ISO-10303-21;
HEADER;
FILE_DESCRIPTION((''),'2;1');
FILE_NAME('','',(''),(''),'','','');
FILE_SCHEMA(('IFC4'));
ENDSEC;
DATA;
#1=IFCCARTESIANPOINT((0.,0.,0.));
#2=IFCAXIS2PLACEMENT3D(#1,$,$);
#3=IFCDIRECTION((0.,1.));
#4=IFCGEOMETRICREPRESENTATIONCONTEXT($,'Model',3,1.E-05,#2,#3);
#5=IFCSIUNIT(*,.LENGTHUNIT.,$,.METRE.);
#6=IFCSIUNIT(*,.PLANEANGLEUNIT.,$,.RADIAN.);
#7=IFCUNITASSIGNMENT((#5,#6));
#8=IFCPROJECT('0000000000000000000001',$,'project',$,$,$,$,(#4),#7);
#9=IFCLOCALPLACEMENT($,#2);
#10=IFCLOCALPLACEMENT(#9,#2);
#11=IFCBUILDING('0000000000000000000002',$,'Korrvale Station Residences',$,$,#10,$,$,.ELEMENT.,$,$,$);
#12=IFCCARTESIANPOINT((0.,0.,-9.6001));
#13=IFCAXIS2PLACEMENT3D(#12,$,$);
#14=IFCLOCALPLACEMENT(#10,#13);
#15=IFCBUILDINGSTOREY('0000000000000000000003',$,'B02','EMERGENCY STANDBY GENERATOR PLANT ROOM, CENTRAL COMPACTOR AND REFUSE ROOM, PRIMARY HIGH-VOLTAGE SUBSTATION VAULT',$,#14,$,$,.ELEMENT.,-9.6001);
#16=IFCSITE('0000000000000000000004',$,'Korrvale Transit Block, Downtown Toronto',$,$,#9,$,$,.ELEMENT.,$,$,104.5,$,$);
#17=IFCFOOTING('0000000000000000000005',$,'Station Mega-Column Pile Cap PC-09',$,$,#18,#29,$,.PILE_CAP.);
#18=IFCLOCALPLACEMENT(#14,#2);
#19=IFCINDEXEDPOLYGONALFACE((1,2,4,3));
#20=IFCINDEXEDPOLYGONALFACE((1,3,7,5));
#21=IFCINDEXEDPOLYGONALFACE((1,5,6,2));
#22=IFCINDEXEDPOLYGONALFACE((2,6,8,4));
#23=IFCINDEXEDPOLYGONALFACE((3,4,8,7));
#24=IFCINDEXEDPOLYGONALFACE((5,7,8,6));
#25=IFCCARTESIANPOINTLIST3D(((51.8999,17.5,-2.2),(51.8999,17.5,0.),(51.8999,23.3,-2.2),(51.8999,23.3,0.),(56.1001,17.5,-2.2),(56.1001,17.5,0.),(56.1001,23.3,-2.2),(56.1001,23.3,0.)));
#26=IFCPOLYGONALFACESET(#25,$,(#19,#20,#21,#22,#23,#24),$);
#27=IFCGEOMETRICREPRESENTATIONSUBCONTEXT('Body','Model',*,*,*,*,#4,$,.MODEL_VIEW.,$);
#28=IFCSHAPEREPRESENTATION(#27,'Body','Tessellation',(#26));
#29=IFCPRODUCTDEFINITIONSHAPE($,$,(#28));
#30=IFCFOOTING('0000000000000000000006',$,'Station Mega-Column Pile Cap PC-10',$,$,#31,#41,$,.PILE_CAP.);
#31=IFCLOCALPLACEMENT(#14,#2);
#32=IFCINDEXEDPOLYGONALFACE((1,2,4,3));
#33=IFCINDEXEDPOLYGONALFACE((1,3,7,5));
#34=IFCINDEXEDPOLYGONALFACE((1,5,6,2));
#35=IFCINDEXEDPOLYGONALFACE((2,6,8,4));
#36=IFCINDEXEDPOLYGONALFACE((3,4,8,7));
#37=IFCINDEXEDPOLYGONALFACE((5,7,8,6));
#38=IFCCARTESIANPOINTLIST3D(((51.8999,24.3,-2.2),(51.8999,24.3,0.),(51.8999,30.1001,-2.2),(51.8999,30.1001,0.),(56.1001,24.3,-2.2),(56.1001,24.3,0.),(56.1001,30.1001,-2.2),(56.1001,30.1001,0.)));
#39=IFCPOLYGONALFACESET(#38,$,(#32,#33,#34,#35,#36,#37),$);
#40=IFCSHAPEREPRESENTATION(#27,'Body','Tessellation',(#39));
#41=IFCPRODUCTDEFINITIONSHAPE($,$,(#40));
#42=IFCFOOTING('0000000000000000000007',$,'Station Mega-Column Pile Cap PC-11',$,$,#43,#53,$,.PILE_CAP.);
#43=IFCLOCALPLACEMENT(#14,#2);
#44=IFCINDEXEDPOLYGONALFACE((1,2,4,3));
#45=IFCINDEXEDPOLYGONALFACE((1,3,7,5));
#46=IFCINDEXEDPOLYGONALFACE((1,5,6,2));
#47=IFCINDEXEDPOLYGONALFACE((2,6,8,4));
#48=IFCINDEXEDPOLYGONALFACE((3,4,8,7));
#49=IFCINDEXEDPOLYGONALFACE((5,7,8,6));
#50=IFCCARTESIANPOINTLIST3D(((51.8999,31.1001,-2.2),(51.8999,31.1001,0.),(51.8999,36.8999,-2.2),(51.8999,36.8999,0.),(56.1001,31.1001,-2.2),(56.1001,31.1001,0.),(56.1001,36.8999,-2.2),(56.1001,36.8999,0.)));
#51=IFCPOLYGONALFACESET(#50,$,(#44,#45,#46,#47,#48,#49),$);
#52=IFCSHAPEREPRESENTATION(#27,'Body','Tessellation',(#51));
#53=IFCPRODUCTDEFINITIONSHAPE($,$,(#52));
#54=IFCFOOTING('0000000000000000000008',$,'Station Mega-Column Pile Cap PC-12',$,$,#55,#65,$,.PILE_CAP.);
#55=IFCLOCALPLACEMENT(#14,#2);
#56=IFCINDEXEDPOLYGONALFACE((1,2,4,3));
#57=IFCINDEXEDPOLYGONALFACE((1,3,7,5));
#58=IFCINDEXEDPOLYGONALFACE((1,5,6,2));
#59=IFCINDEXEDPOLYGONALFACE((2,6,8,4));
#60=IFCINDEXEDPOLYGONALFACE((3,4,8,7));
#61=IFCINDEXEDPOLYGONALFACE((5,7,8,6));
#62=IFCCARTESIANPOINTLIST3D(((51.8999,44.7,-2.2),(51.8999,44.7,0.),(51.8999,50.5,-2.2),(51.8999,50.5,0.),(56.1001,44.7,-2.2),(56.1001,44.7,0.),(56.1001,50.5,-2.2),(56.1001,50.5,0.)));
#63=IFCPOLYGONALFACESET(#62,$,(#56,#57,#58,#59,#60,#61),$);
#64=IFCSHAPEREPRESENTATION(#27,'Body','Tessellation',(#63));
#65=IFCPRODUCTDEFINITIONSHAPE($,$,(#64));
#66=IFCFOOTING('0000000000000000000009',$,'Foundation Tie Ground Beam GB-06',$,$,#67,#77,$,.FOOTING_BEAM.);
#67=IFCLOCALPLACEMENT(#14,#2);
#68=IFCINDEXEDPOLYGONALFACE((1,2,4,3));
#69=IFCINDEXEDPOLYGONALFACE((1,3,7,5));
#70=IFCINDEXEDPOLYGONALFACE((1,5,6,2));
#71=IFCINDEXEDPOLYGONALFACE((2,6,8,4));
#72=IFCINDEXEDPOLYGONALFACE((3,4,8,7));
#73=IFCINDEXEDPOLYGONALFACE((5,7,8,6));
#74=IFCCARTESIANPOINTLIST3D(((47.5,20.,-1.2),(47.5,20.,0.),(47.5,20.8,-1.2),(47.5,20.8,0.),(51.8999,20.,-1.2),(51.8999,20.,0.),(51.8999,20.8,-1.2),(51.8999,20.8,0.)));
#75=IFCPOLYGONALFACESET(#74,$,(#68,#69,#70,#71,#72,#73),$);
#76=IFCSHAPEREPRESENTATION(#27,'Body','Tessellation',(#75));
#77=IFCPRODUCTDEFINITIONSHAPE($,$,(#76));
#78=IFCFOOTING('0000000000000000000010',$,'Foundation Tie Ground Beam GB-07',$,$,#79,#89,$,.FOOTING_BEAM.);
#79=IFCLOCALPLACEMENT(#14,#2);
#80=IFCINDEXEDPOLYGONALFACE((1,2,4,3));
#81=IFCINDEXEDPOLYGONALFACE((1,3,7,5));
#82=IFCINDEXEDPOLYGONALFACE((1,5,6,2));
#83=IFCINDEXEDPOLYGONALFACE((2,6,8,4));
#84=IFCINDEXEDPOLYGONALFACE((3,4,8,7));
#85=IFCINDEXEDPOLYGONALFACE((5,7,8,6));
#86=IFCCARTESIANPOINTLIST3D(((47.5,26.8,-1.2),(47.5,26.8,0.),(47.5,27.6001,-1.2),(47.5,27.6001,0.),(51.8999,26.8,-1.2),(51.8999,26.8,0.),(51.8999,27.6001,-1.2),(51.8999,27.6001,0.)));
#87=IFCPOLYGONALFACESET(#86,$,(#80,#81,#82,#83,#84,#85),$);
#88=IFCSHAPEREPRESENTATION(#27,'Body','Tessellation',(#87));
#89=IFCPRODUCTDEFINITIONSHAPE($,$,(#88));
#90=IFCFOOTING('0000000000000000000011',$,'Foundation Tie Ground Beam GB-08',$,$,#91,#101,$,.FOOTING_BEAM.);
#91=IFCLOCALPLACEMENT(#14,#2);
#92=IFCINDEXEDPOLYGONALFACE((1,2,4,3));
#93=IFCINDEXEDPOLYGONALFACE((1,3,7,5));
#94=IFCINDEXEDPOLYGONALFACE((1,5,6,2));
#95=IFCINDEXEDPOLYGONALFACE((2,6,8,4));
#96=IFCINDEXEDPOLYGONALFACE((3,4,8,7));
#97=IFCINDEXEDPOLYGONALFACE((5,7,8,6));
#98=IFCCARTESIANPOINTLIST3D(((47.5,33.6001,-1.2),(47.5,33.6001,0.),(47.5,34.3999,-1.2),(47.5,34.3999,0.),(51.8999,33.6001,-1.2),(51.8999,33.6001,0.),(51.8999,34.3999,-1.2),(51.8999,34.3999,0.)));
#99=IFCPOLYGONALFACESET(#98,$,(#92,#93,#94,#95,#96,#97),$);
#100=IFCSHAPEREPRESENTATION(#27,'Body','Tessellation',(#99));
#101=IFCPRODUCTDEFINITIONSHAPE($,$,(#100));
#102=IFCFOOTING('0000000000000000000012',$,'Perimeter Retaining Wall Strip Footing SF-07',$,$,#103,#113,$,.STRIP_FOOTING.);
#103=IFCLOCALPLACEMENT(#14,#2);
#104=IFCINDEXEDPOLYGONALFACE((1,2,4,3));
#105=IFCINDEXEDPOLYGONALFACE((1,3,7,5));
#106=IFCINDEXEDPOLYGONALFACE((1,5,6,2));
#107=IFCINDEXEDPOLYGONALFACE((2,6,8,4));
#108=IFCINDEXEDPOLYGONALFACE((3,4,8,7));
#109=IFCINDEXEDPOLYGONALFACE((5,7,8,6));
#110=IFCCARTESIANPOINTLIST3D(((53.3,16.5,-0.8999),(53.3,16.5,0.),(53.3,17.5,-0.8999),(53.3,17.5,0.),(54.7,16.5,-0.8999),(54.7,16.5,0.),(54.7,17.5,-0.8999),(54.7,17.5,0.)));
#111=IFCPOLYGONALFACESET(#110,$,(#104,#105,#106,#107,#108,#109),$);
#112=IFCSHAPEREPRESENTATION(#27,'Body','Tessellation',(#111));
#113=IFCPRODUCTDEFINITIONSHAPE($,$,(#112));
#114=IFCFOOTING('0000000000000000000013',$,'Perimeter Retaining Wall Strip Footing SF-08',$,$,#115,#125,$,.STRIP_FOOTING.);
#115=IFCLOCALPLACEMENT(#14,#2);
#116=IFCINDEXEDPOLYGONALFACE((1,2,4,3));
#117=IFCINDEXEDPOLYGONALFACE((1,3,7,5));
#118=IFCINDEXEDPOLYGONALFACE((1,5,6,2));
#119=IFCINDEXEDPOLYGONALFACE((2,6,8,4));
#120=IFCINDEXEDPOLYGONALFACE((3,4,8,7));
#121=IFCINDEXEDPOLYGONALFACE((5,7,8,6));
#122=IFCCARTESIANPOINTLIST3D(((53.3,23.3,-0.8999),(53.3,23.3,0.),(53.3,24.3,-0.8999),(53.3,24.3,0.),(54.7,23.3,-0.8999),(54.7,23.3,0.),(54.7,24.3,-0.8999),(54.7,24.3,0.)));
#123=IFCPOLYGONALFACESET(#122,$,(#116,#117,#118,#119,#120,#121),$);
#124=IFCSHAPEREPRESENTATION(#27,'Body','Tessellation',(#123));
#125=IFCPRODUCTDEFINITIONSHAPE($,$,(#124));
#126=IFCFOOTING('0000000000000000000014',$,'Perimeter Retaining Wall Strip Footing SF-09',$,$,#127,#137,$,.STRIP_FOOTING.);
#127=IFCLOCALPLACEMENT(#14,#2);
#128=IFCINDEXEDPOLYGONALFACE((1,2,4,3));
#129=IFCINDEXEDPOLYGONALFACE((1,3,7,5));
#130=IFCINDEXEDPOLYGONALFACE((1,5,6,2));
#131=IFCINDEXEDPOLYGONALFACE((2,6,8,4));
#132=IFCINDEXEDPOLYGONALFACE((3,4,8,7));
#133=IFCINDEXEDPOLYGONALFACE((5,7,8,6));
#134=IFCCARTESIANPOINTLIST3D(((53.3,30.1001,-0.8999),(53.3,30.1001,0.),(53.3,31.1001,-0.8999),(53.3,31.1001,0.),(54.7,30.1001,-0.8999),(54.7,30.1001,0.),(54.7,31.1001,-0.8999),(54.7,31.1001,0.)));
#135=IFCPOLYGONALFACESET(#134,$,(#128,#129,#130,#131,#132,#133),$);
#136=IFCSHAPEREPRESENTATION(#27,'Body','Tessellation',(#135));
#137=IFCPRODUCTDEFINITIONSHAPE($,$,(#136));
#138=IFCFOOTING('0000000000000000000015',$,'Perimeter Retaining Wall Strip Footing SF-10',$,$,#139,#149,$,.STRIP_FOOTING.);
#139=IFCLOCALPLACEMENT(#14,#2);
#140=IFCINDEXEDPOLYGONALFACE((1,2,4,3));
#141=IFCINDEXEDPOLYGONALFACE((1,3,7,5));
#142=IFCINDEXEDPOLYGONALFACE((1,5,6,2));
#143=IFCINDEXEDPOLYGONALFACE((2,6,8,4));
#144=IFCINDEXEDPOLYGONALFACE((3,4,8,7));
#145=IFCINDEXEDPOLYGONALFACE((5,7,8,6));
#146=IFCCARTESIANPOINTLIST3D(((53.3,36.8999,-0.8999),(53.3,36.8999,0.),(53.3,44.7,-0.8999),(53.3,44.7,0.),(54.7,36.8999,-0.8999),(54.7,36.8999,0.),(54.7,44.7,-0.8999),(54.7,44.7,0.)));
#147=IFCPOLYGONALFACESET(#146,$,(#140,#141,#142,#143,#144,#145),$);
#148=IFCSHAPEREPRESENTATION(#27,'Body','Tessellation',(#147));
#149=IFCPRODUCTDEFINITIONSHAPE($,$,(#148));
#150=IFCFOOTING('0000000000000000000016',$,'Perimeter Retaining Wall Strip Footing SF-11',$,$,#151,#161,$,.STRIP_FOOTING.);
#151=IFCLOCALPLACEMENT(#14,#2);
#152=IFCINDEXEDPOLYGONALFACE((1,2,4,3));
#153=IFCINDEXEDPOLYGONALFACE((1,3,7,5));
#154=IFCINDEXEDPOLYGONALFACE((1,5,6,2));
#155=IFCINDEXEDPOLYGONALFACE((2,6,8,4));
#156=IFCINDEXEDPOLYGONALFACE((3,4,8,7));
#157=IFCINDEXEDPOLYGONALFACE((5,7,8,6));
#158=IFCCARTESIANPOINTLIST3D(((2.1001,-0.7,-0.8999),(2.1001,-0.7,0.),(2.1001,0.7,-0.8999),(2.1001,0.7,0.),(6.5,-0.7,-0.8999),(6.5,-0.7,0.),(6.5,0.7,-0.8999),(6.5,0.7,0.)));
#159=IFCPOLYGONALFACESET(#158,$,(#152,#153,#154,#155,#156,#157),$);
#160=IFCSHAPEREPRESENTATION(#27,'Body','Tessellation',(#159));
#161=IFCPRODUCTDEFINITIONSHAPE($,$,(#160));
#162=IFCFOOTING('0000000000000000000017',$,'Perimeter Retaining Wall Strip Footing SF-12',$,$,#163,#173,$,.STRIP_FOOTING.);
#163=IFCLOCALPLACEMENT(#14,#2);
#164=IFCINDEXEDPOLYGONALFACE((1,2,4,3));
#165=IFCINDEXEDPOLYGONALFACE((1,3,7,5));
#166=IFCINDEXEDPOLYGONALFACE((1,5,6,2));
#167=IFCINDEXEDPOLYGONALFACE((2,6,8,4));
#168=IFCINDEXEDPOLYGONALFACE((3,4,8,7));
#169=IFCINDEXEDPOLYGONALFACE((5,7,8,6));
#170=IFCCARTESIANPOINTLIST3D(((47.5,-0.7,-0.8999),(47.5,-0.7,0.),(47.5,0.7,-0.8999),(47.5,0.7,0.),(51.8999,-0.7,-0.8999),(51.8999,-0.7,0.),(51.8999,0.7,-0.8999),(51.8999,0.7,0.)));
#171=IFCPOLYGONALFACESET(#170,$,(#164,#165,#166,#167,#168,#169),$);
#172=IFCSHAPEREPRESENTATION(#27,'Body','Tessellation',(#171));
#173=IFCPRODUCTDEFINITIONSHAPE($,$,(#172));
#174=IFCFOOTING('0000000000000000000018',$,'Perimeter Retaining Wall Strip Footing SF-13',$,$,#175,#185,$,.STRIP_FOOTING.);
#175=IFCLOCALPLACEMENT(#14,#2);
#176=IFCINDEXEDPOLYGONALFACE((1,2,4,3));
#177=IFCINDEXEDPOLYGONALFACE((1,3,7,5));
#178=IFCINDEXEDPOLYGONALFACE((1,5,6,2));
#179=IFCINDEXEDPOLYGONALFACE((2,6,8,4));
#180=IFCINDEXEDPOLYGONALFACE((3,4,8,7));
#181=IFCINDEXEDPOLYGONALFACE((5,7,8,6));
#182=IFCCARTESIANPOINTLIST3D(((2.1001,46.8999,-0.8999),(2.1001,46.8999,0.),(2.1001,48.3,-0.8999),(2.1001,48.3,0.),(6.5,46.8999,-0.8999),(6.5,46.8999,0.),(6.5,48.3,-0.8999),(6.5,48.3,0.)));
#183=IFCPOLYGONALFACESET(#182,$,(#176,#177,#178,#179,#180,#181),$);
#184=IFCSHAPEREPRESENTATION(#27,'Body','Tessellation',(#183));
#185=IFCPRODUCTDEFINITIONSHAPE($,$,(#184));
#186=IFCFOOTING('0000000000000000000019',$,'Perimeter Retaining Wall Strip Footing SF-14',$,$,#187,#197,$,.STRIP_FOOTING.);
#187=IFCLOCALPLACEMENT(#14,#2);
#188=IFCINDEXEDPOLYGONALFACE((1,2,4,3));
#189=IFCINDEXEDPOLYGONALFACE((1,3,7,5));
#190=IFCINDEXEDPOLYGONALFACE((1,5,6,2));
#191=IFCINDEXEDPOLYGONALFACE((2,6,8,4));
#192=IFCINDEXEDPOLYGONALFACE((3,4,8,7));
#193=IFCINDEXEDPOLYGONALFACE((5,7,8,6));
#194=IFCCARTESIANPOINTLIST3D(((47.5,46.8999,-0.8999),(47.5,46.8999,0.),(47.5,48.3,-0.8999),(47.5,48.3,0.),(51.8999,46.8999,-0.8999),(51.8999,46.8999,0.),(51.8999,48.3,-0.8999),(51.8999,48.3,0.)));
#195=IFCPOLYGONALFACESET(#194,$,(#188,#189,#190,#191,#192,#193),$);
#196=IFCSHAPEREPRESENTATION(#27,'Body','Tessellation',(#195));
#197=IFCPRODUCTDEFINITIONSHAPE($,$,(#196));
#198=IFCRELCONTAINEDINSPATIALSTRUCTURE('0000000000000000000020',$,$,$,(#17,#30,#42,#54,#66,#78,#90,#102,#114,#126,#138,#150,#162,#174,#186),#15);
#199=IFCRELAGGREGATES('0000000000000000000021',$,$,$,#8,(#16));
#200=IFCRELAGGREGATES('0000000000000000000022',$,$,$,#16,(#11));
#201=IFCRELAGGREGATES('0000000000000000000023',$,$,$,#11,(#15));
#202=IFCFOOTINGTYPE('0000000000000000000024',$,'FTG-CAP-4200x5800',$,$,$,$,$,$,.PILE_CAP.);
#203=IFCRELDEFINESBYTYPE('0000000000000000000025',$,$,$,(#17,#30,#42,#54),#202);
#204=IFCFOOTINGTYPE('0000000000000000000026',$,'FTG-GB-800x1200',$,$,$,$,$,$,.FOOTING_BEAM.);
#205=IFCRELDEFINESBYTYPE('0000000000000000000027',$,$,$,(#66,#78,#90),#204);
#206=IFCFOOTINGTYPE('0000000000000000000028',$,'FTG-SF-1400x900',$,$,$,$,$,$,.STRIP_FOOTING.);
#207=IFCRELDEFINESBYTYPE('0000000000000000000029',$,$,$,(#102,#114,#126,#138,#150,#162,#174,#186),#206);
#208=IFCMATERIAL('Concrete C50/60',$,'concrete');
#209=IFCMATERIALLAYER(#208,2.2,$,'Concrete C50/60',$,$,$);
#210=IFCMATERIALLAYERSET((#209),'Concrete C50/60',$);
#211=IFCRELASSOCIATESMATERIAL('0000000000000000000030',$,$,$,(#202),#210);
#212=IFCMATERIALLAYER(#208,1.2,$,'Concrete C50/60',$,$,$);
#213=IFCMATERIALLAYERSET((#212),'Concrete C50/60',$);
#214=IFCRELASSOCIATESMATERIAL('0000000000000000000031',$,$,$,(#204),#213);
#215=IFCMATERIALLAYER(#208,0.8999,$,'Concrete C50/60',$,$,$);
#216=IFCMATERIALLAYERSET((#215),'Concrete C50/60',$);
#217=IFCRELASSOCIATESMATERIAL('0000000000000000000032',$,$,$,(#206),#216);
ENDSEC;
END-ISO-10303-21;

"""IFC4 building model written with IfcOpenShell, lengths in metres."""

from ifc_helpers import new_model, si_unit, direction, frame, origin, place, context, subcontext, project, spatial, polyline, outline, extrude, material, layer, layer_set, type_object, element, save


model = new_model("IFC4")

# Units and contexts
model_context = context("Model", 3, precision=1e-05, world=origin(), true_north=direction((0.0, 1.0)))
body_context = subcontext(model_context, "Body", "Model", "MODEL_VIEW")
ifc_project = project(units=[si_unit("LENGTHUNIT", "METRE"), si_unit("PLANEANGLEUNIT", "RADIAN")], contexts=[model_context])

# Site, building, storey
site_placement = place(None, origin())
site = spatial("IfcSite", under=ifc_project, at=site_placement, Name="Korrvale Transit Block, Downtown Toronto", CompositionType="ELEMENT", RefElevation=104.5)
building_placement = place(site_placement, origin())
building = spatial("IfcBuilding", under=site, at=building_placement, Name="Korrvale Station Residences", CompositionType="ELEMENT")
storey_placement = place(building_placement, frame((0.0, 0.0, -9.6001)))
storey = spatial("IfcBuildingStorey", under=building, at=storey_placement, Name="B02", Description="EMERGENCY STANDBY GENERATOR PLANT ROOM, CENTRAL COMPACTOR AND REFUSE ROOM, PRIMARY HIGH-VOLTAGE SUBSTATION VAULT", CompositionType="ELEMENT", Elevation=-9.6001)

# Footings
ifc_material = material(Name="Concrete C50/60", Category="concrete")
ifc_layer_1 = layer(ifc_material, 2.2, Name="Concrete C50/60")
ifc_layer_set_1 = layer_set([ifc_layer_1], Name="Concrete C50/60")
footing_type_1 = type_object("IfcFootingType", Name="FTG-CAP-4200x5800", PredefinedType="PILE_CAP", material=ifc_layer_set_1)
footing_1_placement = place(storey_placement, frame((0.0, 0.0, -2.2)))
element("IfcFooting", 1, at=footing_1_placement, inside=storey, type_object=footing_type_1, Name="Station Mega-Column Pile Cap PC-09", PredefinedType="PILE_CAP", context=body_context, shape_type="SweptSolid", body=[
    extrude(outline(polyline([(51.8999, 17.5), (56.1001, 17.5), (56.1001, 23.3), (51.8999, 23.3), (51.8999, 17.5)])), origin(), (0.0, 0.0, 1.0), 2.2),
])
footing_2_placement = place(storey_placement, frame((0.0, 0.0, -2.2)))
element("IfcFooting", 2, at=footing_2_placement, inside=storey, type_object=footing_type_1, Name="Station Mega-Column Pile Cap PC-10", PredefinedType="PILE_CAP", context=body_context, shape_type="SweptSolid", body=[
    extrude(outline(polyline([(51.8999, 24.3), (56.1001, 24.3), (56.1001, 30.1001), (51.8999, 30.1001), (51.8999, 24.3)])), origin(), (0.0, 0.0, 1.0), 2.2),
])
footing_3_placement = place(storey_placement, frame((0.0, 0.0, -2.2)))
element("IfcFooting", 3, at=footing_3_placement, inside=storey, type_object=footing_type_1, Name="Station Mega-Column Pile Cap PC-11", PredefinedType="PILE_CAP", context=body_context, shape_type="SweptSolid", body=[
    extrude(outline(polyline([(51.8999, 31.1001), (56.1001, 31.1001), (56.1001, 36.8999), (51.8999, 36.8999), (51.8999, 31.1001)])), origin(), (0.0, 0.0, 1.0), 2.2),
])
footing_4_placement = place(storey_placement, frame((0.0, 0.0, -2.2)))
element("IfcFooting", 4, at=footing_4_placement, inside=storey, type_object=footing_type_1, Name="Station Mega-Column Pile Cap PC-12", PredefinedType="PILE_CAP", context=body_context, shape_type="SweptSolid", body=[
    extrude(outline(polyline([(51.8999, 44.7), (56.1001, 44.7), (56.1001, 50.5), (51.8999, 50.5), (51.8999, 44.7)])), origin(), (0.0, 0.0, 1.0), 2.2),
])
ifc_layer_2 = layer(ifc_material, 1.2, Name="Concrete C50/60")
ifc_layer_set_2 = layer_set([ifc_layer_2], Name="Concrete C50/60")
footing_type_2 = type_object("IfcFootingType", Name="FTG-GB-800x1200", PredefinedType="FOOTING_BEAM", material=ifc_layer_set_2)
footing_5_placement = place(storey_placement, frame((0.0, 0.0, -1.2)))
element("IfcFooting", 5, at=footing_5_placement, inside=storey, type_object=footing_type_2, Name="Foundation Tie Ground Beam GB-06", PredefinedType="FOOTING_BEAM", context=body_context, shape_type="SweptSolid", body=[
    extrude(outline(polyline([(47.5, 20.0), (51.8999, 20.0), (51.8999, 20.8), (47.5, 20.8), (47.5, 20.0)])), origin(), (0.0, 0.0, 1.0), 1.2),
])
footing_6_placement = place(storey_placement, frame((0.0, 0.0, -1.2)))
element("IfcFooting", 6, at=footing_6_placement, inside=storey, type_object=footing_type_2, Name="Foundation Tie Ground Beam GB-07", PredefinedType="FOOTING_BEAM", context=body_context, shape_type="SweptSolid", body=[
    extrude(outline(polyline([(47.5, 26.8), (51.8999, 26.8), (51.8999, 27.6001), (47.5, 27.6001), (47.5, 26.8)])), origin(), (0.0, 0.0, 1.0), 1.2),
])
footing_7_placement = place(storey_placement, frame((0.0, 0.0, -1.2)))
element("IfcFooting", 7, at=footing_7_placement, inside=storey, type_object=footing_type_2, Name="Foundation Tie Ground Beam GB-08", PredefinedType="FOOTING_BEAM", context=body_context, shape_type="SweptSolid", body=[
    extrude(outline(polyline([(47.5, 33.6001), (51.8999, 33.6001), (51.8999, 34.3999), (47.5, 34.3999), (47.5, 33.6001)])), origin(), (0.0, 0.0, 1.0), 1.2),
])
ifc_layer_3 = layer(ifc_material, 0.8999, Name="Concrete C50/60")
ifc_layer_set_3 = layer_set([ifc_layer_3], Name="Concrete C50/60")
footing_type_3 = type_object("IfcFootingType", Name="FTG-SF-1400x900", PredefinedType="STRIP_FOOTING", material=ifc_layer_set_3)
footing_8_placement = place(storey_placement, frame((0.0, 0.0, -0.8999)))
element("IfcFooting", 8, at=footing_8_placement, inside=storey, type_object=footing_type_3, Name="Perimeter Retaining Wall Strip Footing SF-07", PredefinedType="STRIP_FOOTING", context=body_context, shape_type="SweptSolid", body=[
    extrude(outline(polyline([(53.3, 16.5), (54.7, 16.5), (54.7, 17.5), (53.3, 17.5), (53.3, 16.5)])), origin(), (0.0, 0.0, 1.0), 0.8999),
])
footing_9_placement = place(storey_placement, frame((0.0, 0.0, -0.8999)))
element("IfcFooting", 9, at=footing_9_placement, inside=storey, type_object=footing_type_3, Name="Perimeter Retaining Wall Strip Footing SF-08", PredefinedType="STRIP_FOOTING", context=body_context, shape_type="SweptSolid", body=[
    extrude(outline(polyline([(53.3, 23.3), (54.7, 23.3), (54.7, 24.3), (53.3, 24.3), (53.3, 23.3)])), origin(), (0.0, 0.0, 1.0), 0.8999),
])
footing_10_placement = place(storey_placement, frame((0.0, 0.0, -0.8999)))
element("IfcFooting", 10, at=footing_10_placement, inside=storey, type_object=footing_type_3, Name="Perimeter Retaining Wall Strip Footing SF-09", PredefinedType="STRIP_FOOTING", context=body_context, shape_type="SweptSolid", body=[
    extrude(outline(polyline([(53.3, 30.1001), (54.7, 30.1001), (54.7, 31.1001), (53.3, 31.1001), (53.3, 30.1001)])), origin(), (0.0, 0.0, 1.0), 0.8999),
])
footing_11_placement = place(storey_placement, frame((0.0, 0.0, -0.8999)))
element("IfcFooting", 11, at=footing_11_placement, inside=storey, type_object=footing_type_3, Name="Perimeter Retaining Wall Strip Footing SF-10", PredefinedType="STRIP_FOOTING", context=body_context, shape_type="SweptSolid", body=[
    extrude(outline(polyline([(53.3, 36.8999), (54.7, 36.8999), (54.7, 44.7), (53.3, 44.7), (53.3, 36.8999)])), origin(), (0.0, 0.0, 1.0), 0.8999),
])
footing_12_placement = place(storey_placement, frame((0.0, 0.0, -0.8999)))
element("IfcFooting", 12, at=footing_12_placement, inside=storey, type_object=footing_type_3, Name="Perimeter Retaining Wall Strip Footing SF-11", PredefinedType="STRIP_FOOTING", context=body_context, shape_type="SweptSolid", body=[
    extrude(outline(polyline([(2.1001, -0.7), (6.5, -0.7), (6.5, 0.7), (2.1001, 0.7), (2.1001, -0.7)])), origin(), (0.0, 0.0, 1.0), 0.8999),
])
footing_13_placement = place(storey_placement, frame((0.0, 0.0, -0.8999)))
element("IfcFooting", 13, at=footing_13_placement, inside=storey, type_object=footing_type_3, Name="Perimeter Retaining Wall Strip Footing SF-12", PredefinedType="STRIP_FOOTING", context=body_context, shape_type="SweptSolid", body=[
    extrude(outline(polyline([(47.5, -0.7), (51.8999, -0.7), (51.8999, 0.7), (47.5, 0.7), (47.5, -0.7)])), origin(), (0.0, 0.0, 1.0), 0.8999),
])
footing_14_placement = place(storey_placement, frame((0.0, 0.0, -0.8999)))
element("IfcFooting", 14, at=footing_14_placement, inside=storey, type_object=footing_type_3, Name="Perimeter Retaining Wall Strip Footing SF-13", PredefinedType="STRIP_FOOTING", context=body_context, shape_type="SweptSolid", body=[
    extrude(outline(polyline([(2.1001, 46.8999), (6.5, 46.8999), (6.5, 48.3), (2.1001, 48.3), (2.1001, 46.8999)])), origin(), (0.0, 0.0, 1.0), 0.8999),
])
footing_15_placement = place(storey_placement, frame((0.0, 0.0, -0.8999)))
element("IfcFooting", 15, at=footing_15_placement, inside=storey, type_object=footing_type_3, Name="Perimeter Retaining Wall Strip Footing SF-14", PredefinedType="STRIP_FOOTING", context=body_context, shape_type="SweptSolid", body=[
    extrude(outline(polyline([(47.5, 46.8999), (51.8999, 46.8999), (51.8999, 48.3), (47.5, 48.3), (47.5, 46.8999)])), origin(), (0.0, 0.0, 1.0), 0.8999),
])

save(model, "model.ifc")
